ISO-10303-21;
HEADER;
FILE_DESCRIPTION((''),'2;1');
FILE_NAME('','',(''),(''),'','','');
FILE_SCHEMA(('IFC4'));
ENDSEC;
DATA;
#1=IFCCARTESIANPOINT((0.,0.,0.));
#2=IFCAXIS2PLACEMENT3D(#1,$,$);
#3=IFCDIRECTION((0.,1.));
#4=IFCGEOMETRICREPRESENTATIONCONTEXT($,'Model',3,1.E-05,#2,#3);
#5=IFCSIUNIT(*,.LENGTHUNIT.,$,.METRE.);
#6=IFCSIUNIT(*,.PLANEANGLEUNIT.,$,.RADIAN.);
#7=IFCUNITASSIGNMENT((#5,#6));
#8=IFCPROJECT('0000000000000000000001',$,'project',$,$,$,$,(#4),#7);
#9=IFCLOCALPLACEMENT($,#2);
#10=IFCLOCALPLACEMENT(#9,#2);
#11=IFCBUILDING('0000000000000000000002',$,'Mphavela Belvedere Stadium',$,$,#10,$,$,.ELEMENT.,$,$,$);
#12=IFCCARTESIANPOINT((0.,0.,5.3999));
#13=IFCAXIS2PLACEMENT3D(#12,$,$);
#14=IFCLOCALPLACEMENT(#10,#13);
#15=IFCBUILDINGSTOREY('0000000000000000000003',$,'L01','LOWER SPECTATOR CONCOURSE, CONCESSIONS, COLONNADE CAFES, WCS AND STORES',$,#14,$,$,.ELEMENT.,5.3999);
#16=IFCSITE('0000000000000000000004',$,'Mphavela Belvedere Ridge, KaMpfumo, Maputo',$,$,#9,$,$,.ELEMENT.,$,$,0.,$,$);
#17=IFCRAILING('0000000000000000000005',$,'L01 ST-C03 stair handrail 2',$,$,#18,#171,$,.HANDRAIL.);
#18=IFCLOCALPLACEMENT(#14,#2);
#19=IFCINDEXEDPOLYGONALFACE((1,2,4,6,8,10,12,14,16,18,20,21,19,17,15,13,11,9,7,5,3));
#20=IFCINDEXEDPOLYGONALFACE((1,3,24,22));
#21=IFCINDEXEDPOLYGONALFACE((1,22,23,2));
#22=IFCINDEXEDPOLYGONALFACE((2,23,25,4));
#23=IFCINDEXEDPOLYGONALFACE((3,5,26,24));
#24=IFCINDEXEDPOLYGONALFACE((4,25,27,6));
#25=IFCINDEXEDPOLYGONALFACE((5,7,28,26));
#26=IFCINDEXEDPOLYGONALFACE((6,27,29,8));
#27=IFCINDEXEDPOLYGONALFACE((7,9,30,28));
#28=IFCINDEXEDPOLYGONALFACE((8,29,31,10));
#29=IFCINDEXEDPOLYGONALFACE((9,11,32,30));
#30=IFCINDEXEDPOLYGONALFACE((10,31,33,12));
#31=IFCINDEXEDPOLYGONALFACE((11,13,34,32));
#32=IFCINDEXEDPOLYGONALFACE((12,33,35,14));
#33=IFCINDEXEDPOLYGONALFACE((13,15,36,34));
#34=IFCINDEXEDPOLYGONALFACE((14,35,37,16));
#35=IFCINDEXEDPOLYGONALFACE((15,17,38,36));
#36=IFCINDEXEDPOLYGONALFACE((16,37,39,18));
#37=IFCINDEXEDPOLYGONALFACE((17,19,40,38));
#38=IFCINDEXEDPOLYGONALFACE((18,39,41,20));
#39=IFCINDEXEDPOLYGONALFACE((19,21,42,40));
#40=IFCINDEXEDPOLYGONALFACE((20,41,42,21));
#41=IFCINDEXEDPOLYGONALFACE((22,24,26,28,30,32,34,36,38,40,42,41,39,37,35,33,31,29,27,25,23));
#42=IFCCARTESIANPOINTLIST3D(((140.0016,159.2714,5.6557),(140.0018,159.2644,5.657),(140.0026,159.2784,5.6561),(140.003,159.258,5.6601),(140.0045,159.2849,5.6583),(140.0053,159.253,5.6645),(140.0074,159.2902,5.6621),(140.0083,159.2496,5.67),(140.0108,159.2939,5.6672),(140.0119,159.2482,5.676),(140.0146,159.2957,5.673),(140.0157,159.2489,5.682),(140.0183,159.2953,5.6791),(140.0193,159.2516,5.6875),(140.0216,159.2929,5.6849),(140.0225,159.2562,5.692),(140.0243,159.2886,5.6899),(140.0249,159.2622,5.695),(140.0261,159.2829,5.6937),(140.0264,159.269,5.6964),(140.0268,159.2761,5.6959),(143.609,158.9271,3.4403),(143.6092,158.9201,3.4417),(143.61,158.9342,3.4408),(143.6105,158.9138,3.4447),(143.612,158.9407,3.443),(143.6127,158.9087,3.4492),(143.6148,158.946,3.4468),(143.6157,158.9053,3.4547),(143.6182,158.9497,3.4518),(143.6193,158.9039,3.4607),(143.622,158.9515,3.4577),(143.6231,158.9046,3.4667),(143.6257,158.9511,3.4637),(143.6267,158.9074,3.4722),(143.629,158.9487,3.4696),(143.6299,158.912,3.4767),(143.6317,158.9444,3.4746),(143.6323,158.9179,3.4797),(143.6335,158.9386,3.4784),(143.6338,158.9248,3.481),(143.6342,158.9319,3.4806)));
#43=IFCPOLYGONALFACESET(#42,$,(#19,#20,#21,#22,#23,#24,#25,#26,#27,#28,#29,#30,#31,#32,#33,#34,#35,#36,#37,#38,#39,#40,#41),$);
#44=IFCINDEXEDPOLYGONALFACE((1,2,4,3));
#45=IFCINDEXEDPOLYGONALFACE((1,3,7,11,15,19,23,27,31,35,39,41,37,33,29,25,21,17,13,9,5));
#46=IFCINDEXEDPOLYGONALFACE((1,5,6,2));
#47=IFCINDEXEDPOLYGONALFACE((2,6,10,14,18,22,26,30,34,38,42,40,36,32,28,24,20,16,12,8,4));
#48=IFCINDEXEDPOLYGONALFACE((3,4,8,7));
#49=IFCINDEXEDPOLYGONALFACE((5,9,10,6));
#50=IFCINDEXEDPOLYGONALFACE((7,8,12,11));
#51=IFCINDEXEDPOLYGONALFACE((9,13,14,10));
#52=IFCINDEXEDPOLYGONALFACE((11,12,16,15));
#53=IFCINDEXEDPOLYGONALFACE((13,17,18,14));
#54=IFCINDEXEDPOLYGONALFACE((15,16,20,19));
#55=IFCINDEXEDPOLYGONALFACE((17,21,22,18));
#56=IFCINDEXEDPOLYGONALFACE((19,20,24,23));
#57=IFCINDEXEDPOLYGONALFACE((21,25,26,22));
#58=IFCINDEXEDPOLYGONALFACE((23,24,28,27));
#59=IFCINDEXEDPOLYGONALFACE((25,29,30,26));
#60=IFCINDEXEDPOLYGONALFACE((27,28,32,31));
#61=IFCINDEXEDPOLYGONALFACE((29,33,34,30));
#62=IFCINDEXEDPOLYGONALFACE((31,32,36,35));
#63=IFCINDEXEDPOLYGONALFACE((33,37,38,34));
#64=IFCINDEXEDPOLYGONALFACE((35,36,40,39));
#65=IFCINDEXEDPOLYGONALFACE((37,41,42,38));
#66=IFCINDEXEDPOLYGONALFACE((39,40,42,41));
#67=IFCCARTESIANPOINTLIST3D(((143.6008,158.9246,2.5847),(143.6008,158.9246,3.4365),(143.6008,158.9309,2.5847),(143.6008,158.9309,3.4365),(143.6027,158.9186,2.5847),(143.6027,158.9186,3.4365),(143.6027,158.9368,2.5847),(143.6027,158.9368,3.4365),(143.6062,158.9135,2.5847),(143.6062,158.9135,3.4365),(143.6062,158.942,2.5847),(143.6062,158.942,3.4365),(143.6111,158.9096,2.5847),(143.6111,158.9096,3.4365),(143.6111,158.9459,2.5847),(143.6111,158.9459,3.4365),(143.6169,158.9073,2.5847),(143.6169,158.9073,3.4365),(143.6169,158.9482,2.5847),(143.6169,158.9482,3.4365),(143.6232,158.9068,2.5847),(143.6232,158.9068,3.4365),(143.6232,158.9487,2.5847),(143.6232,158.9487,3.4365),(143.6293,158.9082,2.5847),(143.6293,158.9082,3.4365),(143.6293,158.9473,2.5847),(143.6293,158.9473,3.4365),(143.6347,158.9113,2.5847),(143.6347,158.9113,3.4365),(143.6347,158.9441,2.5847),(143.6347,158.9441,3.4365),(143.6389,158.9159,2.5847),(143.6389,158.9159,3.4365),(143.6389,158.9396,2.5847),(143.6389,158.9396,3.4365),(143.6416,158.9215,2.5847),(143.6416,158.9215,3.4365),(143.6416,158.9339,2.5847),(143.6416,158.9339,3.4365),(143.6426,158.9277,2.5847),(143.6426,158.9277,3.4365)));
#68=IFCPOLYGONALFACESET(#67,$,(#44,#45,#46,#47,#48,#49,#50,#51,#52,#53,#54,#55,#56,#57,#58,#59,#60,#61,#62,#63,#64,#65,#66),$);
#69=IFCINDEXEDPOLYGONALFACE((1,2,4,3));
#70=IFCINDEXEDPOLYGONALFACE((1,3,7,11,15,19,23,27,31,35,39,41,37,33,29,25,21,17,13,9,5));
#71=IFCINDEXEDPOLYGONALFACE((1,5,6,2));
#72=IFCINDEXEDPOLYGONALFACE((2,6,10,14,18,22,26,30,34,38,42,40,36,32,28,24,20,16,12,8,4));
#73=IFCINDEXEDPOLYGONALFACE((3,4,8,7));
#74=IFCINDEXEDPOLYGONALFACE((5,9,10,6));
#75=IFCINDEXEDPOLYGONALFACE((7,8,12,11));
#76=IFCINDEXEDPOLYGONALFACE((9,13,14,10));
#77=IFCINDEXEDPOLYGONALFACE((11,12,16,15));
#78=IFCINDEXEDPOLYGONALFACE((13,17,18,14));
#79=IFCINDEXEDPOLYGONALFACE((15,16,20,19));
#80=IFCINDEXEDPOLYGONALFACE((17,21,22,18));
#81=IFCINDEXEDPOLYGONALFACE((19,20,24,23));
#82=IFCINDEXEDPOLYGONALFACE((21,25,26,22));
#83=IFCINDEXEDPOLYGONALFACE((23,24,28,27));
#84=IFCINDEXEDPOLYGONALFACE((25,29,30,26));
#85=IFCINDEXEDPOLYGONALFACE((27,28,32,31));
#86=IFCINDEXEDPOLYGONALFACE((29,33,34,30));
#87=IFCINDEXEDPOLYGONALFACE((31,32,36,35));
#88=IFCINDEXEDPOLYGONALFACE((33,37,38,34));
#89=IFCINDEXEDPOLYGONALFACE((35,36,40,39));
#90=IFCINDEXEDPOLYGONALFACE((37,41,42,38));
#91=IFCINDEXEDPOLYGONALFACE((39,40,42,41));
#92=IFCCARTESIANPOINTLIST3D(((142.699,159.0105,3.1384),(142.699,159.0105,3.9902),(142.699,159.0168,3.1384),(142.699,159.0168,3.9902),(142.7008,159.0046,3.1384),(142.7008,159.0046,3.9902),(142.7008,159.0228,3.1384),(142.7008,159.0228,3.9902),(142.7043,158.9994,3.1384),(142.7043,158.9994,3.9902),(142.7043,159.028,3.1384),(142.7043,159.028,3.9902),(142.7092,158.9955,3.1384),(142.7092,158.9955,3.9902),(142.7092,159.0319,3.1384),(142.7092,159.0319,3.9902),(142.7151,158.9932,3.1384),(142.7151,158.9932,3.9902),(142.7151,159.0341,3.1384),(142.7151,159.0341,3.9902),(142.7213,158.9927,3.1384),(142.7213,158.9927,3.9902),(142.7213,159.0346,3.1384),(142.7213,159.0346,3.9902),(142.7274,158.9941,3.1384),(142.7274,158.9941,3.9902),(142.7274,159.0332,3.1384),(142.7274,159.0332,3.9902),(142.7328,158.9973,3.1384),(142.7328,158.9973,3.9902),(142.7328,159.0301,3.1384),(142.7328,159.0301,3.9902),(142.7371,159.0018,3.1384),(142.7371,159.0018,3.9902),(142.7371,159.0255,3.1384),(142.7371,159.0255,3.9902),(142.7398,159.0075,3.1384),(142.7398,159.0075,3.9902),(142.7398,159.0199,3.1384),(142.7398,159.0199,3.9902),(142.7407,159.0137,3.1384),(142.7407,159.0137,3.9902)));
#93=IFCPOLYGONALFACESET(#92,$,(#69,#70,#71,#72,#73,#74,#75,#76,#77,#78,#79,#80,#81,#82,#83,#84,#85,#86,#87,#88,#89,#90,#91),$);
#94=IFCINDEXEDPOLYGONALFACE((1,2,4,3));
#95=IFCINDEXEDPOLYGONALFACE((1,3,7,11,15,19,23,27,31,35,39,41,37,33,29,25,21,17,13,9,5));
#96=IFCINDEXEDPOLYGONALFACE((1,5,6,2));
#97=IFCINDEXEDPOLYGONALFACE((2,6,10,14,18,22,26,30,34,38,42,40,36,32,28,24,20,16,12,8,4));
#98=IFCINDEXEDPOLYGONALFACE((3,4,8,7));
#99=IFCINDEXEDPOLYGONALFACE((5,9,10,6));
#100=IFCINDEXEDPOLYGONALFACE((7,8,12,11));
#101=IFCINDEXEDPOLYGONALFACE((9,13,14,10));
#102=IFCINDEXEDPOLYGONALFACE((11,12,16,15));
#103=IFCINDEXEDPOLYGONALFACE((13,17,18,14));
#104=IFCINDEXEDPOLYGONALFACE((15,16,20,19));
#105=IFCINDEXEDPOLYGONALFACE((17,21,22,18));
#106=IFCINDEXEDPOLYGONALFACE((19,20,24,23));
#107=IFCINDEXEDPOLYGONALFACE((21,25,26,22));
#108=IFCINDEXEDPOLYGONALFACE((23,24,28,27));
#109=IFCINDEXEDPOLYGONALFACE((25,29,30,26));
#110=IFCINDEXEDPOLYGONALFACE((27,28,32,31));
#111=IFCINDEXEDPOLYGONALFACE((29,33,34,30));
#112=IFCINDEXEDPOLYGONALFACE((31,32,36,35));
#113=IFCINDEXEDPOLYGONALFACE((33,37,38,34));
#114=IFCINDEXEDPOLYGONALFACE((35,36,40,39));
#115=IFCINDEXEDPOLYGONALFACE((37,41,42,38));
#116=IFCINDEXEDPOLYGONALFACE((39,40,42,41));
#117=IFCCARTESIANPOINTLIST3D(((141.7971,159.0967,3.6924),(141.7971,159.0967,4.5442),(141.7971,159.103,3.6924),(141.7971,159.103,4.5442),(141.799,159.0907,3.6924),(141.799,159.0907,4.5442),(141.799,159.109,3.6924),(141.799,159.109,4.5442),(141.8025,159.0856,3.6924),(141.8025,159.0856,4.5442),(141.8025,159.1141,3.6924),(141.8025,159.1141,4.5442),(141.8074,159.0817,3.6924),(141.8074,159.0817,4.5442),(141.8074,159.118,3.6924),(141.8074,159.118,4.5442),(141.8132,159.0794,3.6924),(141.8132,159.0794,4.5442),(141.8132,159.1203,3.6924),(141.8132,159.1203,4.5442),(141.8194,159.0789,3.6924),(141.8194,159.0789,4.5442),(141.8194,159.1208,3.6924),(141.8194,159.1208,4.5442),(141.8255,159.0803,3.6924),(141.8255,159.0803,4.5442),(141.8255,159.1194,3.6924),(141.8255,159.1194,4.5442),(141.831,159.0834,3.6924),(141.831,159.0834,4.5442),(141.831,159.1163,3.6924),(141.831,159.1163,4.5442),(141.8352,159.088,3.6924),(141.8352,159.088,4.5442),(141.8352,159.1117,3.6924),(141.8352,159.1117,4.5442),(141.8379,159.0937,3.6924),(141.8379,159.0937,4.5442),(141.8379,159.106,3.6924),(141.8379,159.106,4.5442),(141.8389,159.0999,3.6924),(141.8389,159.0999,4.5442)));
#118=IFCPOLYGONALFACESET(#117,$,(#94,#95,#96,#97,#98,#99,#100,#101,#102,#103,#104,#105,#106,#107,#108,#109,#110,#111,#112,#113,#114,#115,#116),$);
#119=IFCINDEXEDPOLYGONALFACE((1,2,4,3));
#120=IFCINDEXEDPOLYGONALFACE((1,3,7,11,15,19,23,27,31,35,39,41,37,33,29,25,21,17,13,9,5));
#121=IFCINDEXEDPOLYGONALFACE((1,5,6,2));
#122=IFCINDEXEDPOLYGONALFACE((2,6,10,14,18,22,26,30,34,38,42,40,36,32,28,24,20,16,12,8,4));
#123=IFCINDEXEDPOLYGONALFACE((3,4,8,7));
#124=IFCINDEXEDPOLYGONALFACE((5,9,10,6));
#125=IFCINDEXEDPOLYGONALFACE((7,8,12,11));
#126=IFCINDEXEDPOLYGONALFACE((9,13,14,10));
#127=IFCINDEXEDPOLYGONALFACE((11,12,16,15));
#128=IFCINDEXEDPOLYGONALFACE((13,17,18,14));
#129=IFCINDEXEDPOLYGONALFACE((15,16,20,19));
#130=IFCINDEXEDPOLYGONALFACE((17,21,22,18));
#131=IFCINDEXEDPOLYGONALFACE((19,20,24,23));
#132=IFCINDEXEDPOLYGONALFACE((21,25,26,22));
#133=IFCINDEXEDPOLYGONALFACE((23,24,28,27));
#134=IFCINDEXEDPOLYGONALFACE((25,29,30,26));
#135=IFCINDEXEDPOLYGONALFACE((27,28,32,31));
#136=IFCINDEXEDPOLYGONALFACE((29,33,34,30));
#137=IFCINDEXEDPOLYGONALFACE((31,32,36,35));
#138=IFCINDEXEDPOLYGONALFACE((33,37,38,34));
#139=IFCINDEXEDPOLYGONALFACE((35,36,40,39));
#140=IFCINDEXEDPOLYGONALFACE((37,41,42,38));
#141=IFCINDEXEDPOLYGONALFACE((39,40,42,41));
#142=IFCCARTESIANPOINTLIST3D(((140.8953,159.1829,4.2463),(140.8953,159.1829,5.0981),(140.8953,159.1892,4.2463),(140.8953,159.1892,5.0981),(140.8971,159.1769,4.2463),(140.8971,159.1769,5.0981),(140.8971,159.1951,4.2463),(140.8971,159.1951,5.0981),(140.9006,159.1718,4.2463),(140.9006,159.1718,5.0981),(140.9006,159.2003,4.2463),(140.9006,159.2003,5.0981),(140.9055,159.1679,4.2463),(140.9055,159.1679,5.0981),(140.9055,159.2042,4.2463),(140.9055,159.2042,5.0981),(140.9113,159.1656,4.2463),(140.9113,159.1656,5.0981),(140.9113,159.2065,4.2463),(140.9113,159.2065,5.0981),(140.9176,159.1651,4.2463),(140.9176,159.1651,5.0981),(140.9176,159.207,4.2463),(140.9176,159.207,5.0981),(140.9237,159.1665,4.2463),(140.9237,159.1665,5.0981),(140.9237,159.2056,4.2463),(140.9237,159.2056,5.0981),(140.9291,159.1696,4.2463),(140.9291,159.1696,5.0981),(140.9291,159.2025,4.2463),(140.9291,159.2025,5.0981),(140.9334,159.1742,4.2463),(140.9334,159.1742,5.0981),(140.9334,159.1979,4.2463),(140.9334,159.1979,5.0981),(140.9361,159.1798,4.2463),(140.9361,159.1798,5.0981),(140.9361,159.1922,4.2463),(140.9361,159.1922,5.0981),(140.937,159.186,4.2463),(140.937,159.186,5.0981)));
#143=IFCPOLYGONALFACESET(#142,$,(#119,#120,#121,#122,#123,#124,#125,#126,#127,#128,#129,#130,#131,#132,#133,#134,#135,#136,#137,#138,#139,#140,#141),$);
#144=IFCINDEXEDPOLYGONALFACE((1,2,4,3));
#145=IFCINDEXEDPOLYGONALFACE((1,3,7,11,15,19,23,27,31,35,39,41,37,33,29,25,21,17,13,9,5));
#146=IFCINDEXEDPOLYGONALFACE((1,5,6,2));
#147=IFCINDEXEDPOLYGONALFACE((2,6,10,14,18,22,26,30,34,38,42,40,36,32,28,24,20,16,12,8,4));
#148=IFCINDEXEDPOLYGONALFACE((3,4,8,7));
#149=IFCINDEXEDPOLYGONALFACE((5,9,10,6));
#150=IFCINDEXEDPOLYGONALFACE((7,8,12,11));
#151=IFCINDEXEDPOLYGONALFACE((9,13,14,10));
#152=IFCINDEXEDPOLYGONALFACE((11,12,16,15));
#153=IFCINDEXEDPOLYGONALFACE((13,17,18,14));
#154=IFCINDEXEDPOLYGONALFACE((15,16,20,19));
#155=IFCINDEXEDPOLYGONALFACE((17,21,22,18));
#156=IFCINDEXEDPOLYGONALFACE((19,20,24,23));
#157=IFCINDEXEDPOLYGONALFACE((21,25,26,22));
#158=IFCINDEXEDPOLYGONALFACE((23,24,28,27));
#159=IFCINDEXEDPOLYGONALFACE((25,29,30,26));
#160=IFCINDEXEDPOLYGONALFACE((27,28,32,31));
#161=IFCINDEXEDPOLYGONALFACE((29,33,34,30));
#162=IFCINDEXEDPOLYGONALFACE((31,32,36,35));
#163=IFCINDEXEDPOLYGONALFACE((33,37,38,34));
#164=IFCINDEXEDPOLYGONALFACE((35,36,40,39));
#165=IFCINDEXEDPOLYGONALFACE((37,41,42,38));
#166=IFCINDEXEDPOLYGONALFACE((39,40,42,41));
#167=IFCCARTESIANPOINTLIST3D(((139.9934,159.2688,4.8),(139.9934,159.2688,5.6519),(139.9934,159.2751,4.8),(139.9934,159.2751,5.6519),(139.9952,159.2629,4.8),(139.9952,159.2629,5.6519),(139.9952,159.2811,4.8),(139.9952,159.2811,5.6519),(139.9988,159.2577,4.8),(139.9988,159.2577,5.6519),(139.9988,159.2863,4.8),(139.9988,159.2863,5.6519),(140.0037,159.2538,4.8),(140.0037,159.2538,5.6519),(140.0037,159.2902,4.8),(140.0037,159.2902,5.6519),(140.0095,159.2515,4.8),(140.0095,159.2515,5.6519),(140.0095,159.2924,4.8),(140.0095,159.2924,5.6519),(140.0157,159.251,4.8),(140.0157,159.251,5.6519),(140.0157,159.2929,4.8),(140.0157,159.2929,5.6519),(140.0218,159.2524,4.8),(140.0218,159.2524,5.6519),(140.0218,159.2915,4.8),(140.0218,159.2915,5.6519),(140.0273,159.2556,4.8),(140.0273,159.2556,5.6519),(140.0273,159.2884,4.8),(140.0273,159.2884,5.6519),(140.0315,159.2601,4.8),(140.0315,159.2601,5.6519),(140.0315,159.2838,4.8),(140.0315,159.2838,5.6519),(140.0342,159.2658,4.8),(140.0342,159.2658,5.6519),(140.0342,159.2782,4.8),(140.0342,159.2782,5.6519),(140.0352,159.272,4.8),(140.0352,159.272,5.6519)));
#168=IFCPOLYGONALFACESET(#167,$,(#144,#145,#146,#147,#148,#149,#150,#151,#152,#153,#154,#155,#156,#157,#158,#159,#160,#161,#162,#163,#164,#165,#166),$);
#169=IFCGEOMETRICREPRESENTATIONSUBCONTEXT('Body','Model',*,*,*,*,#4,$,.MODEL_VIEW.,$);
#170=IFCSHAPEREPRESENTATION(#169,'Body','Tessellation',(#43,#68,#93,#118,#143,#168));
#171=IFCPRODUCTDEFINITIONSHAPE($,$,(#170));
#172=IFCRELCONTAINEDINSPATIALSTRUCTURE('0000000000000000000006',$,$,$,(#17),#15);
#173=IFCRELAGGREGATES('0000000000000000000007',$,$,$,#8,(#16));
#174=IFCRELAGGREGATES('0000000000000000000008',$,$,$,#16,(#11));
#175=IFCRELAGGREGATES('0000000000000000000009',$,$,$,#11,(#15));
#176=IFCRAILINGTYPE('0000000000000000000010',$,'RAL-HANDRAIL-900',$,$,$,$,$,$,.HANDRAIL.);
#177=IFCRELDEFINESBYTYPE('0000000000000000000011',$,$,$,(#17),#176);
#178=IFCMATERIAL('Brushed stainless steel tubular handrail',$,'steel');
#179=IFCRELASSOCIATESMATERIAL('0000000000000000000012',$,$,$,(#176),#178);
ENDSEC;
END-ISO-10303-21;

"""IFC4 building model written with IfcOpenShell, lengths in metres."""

from ifc_helpers import new_model, si_unit, direction, frame, origin, origin_2d, place, context, subcontext, project, spatial, circle, extrude, material, type_object, element, save


model = new_model("IFC4")

# Units and contexts
model_context = context("Model", 3, precision=1e-05, world=origin(), true_north=direction((0.0, 1.0)))
body_context = subcontext(model_context, "Body", "Model", "MODEL_VIEW")
ifc_project = project(units=[si_unit("LENGTHUNIT", "METRE"), si_unit("PLANEANGLEUNIT", "RADIAN")], contexts=[model_context])

# Site, building, storey
site_placement = place(None, origin())
site = spatial("IfcSite", under=ifc_project, at=site_placement, Name="Mphavela Belvedere Ridge, KaMpfumo, Maputo", CompositionType="ELEMENT", RefElevation=0.0)
building_placement = place(site_placement, origin())
building = spatial("IfcBuilding", under=site, at=building_placement, Name="Mphavela Belvedere Stadium", CompositionType="ELEMENT")
storey_placement = place(building_placement, frame((0.0, 0.0, 5.3999)))
storey = spatial("IfcBuildingStorey", under=building, at=storey_placement, Name="L01", Description="LOWER SPECTATOR CONCOURSE, CONCESSIONS, COLONNADE CAFES, WCS AND STORES", CompositionType="ELEMENT", Elevation=5.3999)

# Railing
ifc_material_1 = material(Name="Brushed stainless steel tubular handrail", Category="steel")
railing_type = type_object("IfcRailingType", Name="RAL-HANDRAIL-900", PredefinedType="HANDRAIL", material=ifc_material_1)
railing_placement = place(storey_placement, frame((143.6216, 158.9277, 2.5847)))
element("IfcRailing", 1, at=railing_placement, inside=storey, type_object=railing_type, Name="L01 ST-C03 stair handrail 2", PredefinedType="HANDRAIL", context=body_context, shape_type="SweptSolid", body=[
    extrude(circle(Radius=0.0239, at=origin_2d()), frame((0.0, 0.0, 0.876), z_axis=(-0.849342, 0.081048, 0.521584), x_axis=(-0.094993, -0.995478, 0.0)), (0.0, 0.0, 1.0), 4.2473),
    extrude(circle(Radius=0.021, at=origin_2d()), origin(), (0.0, 0.0, 1.0), 0.8518),
    extrude(circle(Radius=0.021, at=origin_2d()), frame((-0.9019, 0.0859, 0.5537)), (0.0, 0.0, 1.0), 0.8518),
    extrude(circle(Radius=0.021, at=origin_2d()), frame((-1.8037, 0.1721, 1.1077)), (0.0, 0.0, 1.0), 0.8518),
    extrude(circle(Radius=0.021, at=origin_2d()), frame((-2.7056, 0.2583, 1.6616)), (0.0, 0.0, 1.0), 0.8518),
    extrude(circle(Radius=0.021, at=origin_2d()), frame((-3.6074, 0.3442, 2.2153)), (0.0, 0.0, 1.0), 0.8518),
])

save(model, "model.ifc")
